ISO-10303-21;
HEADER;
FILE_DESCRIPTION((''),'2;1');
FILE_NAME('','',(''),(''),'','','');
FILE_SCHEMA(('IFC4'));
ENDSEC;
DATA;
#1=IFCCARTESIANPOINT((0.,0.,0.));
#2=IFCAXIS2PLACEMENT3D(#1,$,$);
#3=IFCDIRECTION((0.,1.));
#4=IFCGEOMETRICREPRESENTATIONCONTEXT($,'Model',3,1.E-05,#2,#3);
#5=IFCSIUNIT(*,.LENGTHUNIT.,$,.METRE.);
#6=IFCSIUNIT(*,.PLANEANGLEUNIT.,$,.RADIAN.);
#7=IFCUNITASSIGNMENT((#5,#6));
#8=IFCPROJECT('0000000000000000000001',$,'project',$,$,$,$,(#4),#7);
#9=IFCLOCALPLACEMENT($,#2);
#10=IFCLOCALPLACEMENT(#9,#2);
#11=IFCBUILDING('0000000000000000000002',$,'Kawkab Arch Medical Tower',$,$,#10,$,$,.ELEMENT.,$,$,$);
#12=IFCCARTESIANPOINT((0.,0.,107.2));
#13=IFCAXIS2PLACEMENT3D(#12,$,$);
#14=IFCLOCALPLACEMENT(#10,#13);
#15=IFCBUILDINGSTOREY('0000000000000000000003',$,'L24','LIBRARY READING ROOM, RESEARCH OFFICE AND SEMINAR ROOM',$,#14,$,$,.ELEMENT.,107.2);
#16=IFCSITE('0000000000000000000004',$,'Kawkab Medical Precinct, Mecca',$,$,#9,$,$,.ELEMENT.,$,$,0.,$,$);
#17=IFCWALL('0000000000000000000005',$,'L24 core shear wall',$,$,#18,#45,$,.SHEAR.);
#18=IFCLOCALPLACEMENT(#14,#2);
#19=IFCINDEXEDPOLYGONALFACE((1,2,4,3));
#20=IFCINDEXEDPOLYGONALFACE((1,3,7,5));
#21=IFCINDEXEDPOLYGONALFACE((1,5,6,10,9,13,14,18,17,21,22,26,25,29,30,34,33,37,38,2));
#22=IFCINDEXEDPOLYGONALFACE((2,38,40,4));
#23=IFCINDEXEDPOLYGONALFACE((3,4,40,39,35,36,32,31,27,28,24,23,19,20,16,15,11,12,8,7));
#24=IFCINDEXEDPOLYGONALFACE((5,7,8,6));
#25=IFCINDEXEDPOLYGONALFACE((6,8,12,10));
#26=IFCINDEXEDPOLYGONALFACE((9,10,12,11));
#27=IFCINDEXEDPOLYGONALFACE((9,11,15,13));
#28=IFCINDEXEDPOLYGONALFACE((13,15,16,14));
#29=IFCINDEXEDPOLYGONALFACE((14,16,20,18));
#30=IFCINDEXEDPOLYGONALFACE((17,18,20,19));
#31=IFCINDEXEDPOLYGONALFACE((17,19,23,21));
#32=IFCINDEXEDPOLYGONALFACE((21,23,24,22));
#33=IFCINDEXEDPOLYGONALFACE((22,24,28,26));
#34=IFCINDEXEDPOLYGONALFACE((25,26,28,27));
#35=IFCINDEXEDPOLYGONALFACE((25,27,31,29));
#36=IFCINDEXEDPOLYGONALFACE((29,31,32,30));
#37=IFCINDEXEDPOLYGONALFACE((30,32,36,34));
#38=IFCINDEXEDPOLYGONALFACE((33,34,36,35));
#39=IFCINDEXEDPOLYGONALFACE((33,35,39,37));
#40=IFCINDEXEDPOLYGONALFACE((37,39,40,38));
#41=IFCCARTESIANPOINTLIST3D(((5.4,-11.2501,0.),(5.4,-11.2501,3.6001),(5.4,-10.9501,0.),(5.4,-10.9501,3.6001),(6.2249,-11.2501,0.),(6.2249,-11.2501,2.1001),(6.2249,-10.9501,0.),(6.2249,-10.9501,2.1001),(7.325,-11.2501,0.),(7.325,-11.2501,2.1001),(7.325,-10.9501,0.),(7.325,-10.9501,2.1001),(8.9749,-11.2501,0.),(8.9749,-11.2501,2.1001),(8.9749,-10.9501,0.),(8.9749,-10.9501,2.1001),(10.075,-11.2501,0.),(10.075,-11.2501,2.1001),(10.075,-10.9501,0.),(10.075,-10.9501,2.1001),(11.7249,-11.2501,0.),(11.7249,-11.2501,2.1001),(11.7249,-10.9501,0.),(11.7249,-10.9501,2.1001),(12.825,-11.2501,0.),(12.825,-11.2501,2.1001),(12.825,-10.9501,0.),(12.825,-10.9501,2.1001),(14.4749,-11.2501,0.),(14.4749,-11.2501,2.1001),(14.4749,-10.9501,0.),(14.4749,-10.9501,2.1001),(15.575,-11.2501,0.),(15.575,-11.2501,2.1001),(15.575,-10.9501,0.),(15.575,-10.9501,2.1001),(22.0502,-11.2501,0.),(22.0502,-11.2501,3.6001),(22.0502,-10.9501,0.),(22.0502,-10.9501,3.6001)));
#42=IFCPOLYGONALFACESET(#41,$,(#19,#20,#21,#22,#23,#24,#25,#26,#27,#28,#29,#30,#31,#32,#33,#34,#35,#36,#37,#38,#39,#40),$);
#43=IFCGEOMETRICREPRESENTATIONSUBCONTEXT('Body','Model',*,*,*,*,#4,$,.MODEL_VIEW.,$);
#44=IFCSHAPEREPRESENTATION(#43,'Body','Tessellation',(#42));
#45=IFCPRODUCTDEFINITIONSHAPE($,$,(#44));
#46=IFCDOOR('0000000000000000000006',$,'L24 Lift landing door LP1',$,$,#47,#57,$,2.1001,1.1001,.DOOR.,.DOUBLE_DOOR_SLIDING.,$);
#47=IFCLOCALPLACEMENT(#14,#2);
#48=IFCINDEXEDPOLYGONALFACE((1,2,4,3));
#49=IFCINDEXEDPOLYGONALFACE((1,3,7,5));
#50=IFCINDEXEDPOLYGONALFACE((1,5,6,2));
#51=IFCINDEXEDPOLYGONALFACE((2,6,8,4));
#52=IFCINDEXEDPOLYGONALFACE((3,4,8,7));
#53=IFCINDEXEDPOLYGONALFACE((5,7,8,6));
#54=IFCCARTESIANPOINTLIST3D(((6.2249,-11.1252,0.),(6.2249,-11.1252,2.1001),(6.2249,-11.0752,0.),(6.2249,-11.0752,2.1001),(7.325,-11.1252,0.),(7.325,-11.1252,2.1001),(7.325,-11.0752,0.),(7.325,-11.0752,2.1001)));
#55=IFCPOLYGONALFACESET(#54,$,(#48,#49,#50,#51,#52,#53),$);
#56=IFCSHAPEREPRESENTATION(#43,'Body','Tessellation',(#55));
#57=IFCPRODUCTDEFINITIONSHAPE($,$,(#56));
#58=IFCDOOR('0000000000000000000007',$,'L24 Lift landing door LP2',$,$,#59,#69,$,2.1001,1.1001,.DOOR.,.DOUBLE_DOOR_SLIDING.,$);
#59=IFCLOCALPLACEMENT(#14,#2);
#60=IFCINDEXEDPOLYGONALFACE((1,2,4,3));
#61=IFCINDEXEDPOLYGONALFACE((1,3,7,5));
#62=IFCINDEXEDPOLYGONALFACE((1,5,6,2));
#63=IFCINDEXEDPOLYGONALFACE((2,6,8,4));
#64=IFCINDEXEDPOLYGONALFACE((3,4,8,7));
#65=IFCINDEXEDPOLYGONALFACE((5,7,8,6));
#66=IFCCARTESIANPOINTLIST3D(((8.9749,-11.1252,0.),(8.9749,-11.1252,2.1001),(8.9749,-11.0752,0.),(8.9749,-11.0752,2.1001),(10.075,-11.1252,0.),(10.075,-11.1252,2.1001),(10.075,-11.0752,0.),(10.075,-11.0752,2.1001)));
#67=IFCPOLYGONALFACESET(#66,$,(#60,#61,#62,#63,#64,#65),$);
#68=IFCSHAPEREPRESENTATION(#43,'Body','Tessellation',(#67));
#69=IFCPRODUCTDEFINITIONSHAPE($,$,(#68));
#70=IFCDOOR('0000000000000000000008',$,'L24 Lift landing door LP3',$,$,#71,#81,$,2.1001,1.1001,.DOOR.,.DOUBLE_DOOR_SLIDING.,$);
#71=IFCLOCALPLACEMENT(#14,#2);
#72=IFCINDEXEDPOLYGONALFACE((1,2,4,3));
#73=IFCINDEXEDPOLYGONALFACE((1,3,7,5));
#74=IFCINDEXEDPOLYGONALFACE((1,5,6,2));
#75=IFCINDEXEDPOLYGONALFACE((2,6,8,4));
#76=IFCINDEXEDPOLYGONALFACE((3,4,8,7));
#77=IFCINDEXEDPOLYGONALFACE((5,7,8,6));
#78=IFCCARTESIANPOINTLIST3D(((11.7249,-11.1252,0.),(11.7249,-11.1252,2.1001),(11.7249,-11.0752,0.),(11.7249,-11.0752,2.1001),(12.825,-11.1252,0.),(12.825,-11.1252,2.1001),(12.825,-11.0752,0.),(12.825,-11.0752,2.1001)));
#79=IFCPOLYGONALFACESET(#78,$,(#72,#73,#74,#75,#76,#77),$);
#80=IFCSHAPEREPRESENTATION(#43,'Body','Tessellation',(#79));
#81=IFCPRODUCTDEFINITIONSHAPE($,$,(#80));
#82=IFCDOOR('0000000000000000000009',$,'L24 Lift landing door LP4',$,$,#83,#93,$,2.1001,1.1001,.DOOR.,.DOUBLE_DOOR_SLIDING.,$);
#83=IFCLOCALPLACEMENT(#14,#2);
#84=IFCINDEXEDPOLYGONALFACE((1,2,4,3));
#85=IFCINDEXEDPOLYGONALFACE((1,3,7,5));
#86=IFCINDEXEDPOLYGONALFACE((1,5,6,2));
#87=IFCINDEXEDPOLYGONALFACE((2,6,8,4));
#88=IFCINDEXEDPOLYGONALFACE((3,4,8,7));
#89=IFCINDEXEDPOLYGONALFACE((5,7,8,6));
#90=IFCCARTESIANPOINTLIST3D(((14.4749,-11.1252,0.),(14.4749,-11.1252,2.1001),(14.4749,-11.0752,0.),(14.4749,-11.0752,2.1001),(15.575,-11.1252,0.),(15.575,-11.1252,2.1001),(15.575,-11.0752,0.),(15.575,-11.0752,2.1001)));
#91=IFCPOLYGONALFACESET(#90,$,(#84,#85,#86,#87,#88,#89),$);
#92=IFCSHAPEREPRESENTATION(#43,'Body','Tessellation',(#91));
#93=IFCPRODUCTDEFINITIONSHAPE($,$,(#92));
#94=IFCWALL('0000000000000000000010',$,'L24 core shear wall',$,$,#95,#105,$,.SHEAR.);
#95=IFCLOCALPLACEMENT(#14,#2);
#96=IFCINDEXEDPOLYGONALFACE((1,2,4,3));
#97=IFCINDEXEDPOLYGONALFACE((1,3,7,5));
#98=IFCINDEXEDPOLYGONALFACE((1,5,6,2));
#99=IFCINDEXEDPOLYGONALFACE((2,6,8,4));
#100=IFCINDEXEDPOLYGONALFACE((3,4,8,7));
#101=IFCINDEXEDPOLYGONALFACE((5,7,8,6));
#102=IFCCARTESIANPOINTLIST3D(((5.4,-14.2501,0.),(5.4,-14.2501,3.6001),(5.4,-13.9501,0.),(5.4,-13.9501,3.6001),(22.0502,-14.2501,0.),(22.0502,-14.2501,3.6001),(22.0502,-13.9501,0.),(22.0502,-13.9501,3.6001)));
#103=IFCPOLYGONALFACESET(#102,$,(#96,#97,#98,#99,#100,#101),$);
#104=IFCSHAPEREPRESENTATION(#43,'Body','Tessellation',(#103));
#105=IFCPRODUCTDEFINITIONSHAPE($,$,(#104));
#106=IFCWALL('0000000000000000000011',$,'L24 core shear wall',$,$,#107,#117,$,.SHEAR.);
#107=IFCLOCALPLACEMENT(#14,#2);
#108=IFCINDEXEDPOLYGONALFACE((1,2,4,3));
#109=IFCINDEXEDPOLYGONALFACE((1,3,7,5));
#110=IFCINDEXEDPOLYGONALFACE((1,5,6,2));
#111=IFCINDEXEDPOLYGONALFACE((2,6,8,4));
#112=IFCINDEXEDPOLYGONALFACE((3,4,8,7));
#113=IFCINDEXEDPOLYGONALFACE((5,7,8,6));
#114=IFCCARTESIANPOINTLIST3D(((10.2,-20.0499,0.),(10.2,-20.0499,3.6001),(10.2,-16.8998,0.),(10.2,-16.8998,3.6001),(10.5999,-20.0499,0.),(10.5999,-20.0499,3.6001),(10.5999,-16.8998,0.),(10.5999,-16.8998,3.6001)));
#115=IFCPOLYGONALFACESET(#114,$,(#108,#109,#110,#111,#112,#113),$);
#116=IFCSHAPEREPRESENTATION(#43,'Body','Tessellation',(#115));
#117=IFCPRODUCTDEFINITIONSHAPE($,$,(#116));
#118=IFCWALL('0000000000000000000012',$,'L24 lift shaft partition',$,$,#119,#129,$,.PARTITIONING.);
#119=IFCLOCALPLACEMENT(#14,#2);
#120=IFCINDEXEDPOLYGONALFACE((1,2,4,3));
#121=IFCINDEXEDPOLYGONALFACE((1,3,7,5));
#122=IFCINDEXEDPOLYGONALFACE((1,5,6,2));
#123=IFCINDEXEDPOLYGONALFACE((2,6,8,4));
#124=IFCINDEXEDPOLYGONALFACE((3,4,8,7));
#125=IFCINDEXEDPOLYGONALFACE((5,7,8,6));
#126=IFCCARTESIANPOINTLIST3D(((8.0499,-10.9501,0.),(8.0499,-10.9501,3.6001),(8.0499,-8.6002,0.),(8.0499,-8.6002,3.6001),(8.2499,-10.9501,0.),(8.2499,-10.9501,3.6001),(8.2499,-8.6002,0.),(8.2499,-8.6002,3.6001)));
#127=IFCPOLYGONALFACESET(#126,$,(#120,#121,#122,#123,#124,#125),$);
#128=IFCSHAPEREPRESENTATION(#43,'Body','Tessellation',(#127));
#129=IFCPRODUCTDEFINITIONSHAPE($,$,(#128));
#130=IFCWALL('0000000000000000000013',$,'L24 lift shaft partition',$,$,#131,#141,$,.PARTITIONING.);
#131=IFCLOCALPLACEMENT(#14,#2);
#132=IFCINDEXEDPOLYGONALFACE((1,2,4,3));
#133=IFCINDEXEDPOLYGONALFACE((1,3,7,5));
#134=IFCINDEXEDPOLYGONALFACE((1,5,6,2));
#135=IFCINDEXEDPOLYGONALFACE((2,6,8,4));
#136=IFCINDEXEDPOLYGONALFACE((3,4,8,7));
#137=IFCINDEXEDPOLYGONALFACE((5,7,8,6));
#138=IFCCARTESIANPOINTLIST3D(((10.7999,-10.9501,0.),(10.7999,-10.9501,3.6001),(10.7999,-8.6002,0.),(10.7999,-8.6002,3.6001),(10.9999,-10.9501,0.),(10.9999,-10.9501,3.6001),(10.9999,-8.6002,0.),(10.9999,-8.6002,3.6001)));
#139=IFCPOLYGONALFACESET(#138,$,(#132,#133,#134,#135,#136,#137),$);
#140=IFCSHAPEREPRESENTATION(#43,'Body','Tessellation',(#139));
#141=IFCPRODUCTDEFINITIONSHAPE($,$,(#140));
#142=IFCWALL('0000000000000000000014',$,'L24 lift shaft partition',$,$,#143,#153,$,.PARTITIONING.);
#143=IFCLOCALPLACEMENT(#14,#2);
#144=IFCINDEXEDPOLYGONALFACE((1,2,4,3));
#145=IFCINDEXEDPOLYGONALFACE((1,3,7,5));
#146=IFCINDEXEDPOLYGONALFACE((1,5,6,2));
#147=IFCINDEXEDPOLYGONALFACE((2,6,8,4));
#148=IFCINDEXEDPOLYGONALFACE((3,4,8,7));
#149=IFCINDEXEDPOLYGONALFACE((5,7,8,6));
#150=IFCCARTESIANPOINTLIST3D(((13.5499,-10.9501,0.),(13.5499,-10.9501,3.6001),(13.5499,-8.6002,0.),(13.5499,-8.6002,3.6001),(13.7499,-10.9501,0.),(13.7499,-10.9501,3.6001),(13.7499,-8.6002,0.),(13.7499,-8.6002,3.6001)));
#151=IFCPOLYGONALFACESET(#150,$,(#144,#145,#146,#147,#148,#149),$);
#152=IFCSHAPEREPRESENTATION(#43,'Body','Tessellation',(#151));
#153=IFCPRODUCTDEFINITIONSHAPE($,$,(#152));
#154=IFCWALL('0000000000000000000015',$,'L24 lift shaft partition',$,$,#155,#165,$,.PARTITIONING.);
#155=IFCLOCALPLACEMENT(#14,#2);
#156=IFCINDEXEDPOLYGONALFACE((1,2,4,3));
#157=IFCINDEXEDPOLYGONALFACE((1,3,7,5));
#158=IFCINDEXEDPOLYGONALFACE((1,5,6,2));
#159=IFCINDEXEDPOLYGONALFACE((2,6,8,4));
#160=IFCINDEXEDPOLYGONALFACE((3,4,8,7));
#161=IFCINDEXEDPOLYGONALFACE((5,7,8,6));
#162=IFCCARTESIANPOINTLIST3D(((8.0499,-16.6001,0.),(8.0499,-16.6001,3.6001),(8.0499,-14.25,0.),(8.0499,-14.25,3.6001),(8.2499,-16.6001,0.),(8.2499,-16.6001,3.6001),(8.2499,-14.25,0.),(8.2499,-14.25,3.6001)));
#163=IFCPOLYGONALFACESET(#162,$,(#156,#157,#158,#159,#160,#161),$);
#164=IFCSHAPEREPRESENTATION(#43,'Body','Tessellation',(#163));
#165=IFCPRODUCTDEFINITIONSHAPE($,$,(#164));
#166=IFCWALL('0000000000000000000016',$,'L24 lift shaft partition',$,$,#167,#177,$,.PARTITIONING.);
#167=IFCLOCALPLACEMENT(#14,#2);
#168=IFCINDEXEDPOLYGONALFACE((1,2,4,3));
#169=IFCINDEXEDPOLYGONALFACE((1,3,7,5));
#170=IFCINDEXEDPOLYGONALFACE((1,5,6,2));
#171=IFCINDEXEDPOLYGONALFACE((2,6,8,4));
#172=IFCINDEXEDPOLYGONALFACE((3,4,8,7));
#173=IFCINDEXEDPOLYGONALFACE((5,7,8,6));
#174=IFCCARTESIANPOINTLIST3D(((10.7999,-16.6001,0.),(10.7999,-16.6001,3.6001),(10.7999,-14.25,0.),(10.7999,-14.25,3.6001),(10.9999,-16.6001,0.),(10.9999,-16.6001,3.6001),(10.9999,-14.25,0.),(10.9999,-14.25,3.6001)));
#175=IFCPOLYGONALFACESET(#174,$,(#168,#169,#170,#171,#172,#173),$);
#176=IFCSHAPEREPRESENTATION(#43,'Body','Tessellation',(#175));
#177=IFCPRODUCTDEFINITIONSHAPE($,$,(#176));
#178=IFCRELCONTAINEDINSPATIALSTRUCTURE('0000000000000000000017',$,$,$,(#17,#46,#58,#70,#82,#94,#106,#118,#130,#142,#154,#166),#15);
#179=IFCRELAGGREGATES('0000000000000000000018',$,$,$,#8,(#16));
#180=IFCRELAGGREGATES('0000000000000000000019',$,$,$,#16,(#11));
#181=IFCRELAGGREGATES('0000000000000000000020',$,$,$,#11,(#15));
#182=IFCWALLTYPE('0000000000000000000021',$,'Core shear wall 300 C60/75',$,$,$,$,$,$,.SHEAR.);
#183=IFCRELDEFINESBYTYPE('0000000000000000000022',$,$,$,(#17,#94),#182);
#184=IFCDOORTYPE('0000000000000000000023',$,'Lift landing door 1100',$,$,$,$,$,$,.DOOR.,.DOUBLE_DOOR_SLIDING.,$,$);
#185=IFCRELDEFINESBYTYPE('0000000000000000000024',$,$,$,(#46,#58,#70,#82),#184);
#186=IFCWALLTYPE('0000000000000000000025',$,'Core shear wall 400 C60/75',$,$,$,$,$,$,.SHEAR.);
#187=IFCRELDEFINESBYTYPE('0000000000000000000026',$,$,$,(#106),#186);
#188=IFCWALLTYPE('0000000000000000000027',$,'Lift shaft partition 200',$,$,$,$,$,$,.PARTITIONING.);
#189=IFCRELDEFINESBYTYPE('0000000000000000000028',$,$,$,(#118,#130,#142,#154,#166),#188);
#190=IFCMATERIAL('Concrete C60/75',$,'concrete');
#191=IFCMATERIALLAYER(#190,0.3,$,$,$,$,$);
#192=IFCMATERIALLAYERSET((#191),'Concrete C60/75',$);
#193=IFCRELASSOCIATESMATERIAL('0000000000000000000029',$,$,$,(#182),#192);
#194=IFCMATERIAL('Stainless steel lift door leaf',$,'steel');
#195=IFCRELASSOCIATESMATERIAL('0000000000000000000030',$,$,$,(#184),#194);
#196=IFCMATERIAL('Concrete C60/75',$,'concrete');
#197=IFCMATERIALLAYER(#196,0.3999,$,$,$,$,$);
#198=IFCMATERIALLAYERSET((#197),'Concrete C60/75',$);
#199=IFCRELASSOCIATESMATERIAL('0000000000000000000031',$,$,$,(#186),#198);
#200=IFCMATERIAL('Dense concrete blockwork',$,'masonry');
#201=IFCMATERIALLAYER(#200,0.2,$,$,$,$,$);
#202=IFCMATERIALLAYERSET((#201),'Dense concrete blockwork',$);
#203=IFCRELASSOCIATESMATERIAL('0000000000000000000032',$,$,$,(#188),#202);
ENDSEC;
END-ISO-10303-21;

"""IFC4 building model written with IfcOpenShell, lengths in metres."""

from ifc_helpers import new_model, si_unit, direction, frame, frame_2d, origin, place, context, subcontext, project, spatial, rectangle, extrude, material, layer, layer_set, type_object, element, fill, save


model = new_model("IFC4")

# Units and contexts
model_context = context("Model", 3, precision=1e-05, world=origin(), true_north=direction((0.0, 1.0)))
body_context = subcontext(model_context, "Body", "Model", "MODEL_VIEW")
ifc_project = project(units=[si_unit("LENGTHUNIT", "METRE"), si_unit("PLANEANGLEUNIT", "RADIAN")], contexts=[model_context])

# Site, building, storey
site_placement = place(None, origin())
site = spatial("IfcSite", under=ifc_project, at=site_placement, Name="Kawkab Medical Precinct, Mecca", CompositionType="ELEMENT", RefElevation=0.0)
building_placement = place(site_placement, origin())
building = spatial("IfcBuilding", under=site, at=building_placement, Name="Kawkab Arch Medical Tower", CompositionType="ELEMENT")
storey_placement = place(building_placement, frame((0.0, 0.0, 107.2)))
storey = spatial("IfcBuildingStorey", under=building, at=storey_placement, Name="L24", Description="LIBRARY READING ROOM, RESEARCH OFFICE AND SEMINAR ROOM", CompositionType="ELEMENT", Elevation=107.2)

# Shared definitions
ifc_material_1 = material(Name="Concrete C60/75", Category="concrete")
ifc_layer_1 = layer(ifc_material_1, 0.3)
ifc_layer_set_1 = layer_set([ifc_layer_1], Name="Concrete C60/75")
wall_type_1 = type_object("IfcWallType", Name="Core shear wall 300 C60/75", PredefinedType="SHEAR", material=ifc_layer_set_1)

# Wall, openings, doors
wall_1_placement = place(storey_placement, frame((5.3999, -11.1001, 0.0), z_axis=(0.0, 0.0, 1.0), x_axis=(1.0, 0.0, 0.0)))
wall_1 = element("IfcWall", 1, at=wall_1_placement, inside=storey, type_object=wall_type_1, Name="L24 core shear wall", PredefinedType="SHEAR", context=body_context, shape_type="SweptSolid", body=[
    extrude(rectangle(XDim=16.6501, YDim=0.3, at=frame_2d((8.3252, 0.0))), origin(), (0.0, 0.0, 1.0), 3.6001),
])
opening_1_placement = place(wall_1_placement, frame((0.825, 0.0, 0.0)))
opening_1 = element("IfcOpeningElement", 2, at=opening_1_placement, cuts=wall_1, PredefinedType="OPENING", context=body_context, shape_type="SweptSolid", body=[
    extrude(rectangle(XDim=1.1001, YDim=2.1001, at=frame_2d((0.55, 1.05))), frame((0.0, 0.1599, 0.0), z_axis=(0.0, -1.0, 0.0), x_axis=(1.0, 0.0, 0.0)), (0.0, 0.0, 1.0), 0.3201),
])
opening_2_placement = place(wall_1_placement, frame((3.575, 0.0, 0.0)))
opening_2 = element("IfcOpeningElement", 3, at=opening_2_placement, cuts=wall_1, PredefinedType="OPENING", context=body_context, shape_type="SweptSolid", body=[
    extrude(rectangle(XDim=1.1001, YDim=2.1001, at=frame_2d((0.55, 1.05))), frame((0.0, 0.1599, 0.0), z_axis=(0.0, -1.0, 0.0), x_axis=(1.0, 0.0, 0.0)), (0.0, 0.0, 1.0), 0.3201),
])
opening_3_placement = place(wall_1_placement, frame((6.325, 0.0, 0.0)))
opening_3 = element("IfcOpeningElement", 4, at=opening_3_placement, cuts=wall_1, PredefinedType="OPENING", context=body_context, shape_type="SweptSolid", body=[
    extrude(rectangle(XDim=1.1001, YDim=2.1001, at=frame_2d((0.55, 1.05))), frame((0.0, 0.1599, 0.0), z_axis=(0.0, -1.0, 0.0), x_axis=(1.0, 0.0, 0.0)), (0.0, 0.0, 1.0), 0.3201),
])
opening_4_placement = place(wall_1_placement, frame((9.075, 0.0, 0.0)))
opening_4 = element("IfcOpeningElement", 5, at=opening_4_placement, cuts=wall_1, PredefinedType="OPENING", context=body_context, shape_type="SweptSolid", body=[
    extrude(rectangle(XDim=1.1001, YDim=2.1001, at=frame_2d((0.55, 1.05))), frame((0.0, 0.1599, 0.0), z_axis=(0.0, -1.0, 0.0), x_axis=(1.0, 0.0, 0.0)), (0.0, 0.0, 1.0), 0.3201),
])
ifc_material_2 = material(Name="Stainless steel lift door leaf", Category="steel")
door_type_1 = type_object("IfcDoorType", Name="Lift landing door 1100", OperationType="DOUBLE_DOOR_SLIDING", PredefinedType="DOOR", material=ifc_material_2)
door_1_placement = place(opening_1_placement, origin())
door_1 = element("IfcDoor", 6, at=door_1_placement, inside=storey, type_object=door_type_1, Name="L24 Lift landing door LP1", OperationType="DOUBLE_DOOR_SLIDING", OverallHeight=2.1001, OverallWidth=1.1001, PredefinedType="DOOR", context=body_context, shape_type="SweptSolid", body=[
    extrude(rectangle(XDim=1.1001, YDim=2.1001, at=frame_2d((0.55, 1.05))), frame((0.0, 0.0249, 0.0), z_axis=(0.0, -1.0, 0.0), x_axis=(1.0, 0.0, 0.0)), (0.0, 0.0, 1.0), 0.05),
])
fill(opening_1, door_1)
door_2_placement = place(opening_2_placement, origin())
door_2 = element("IfcDoor", 7, at=door_2_placement, inside=storey, type_object=door_type_1, Name="L24 Lift landing door LP2", OperationType="DOUBLE_DOOR_SLIDING", OverallHeight=2.1001, OverallWidth=1.1001, PredefinedType="DOOR", context=body_context, shape_type="SweptSolid", body=[
    extrude(rectangle(XDim=1.1001, YDim=2.1001, at=frame_2d((0.55, 1.05))), frame((0.0, 0.0249, 0.0), z_axis=(0.0, -1.0, 0.0), x_axis=(1.0, 0.0, 0.0)), (0.0, 0.0, 1.0), 0.05),
])
fill(opening_2, door_2)
door_3_placement = place(opening_3_placement, origin())
door_3 = element("IfcDoor", 8, at=door_3_placement, inside=storey, type_object=door_type_1, Name="L24 Lift landing door LP3", OperationType="DOUBLE_DOOR_SLIDING", OverallHeight=2.1001, OverallWidth=1.1001, PredefinedType="DOOR", context=body_context, shape_type="SweptSolid", body=[
    extrude(rectangle(XDim=1.1001, YDim=2.1001, at=frame_2d((0.55, 1.05))), frame((0.0, 0.0249, 0.0), z_axis=(0.0, -1.0, 0.0), x_axis=(1.0, 0.0, 0.0)), (0.0, 0.0, 1.0), 0.05),
])
fill(opening_3, door_3)
door_4_placement = place(opening_4_placement, origin())
door_4 = element("IfcDoor", 9, at=door_4_placement, inside=storey, type_object=door_type_1, Name="L24 Lift landing door LP4", OperationType="DOUBLE_DOOR_SLIDING", OverallHeight=2.1001, OverallWidth=1.1001, PredefinedType="DOOR", context=body_context, shape_type="SweptSolid", body=[
    extrude(rectangle(XDim=1.1001, YDim=2.1001, at=frame_2d((0.55, 1.05))), frame((0.0, 0.0249, 0.0), z_axis=(0.0, -1.0, 0.0), x_axis=(1.0, 0.0, 0.0)), (0.0, 0.0, 1.0), 0.05),
])
fill(opening_4, door_4)

# Walls
wall_2_placement = place(storey_placement, frame((5.3999, -14.1001, 0.0), z_axis=(0.0, 0.0, 1.0), x_axis=(1.0, 0.0, 0.0)))
element("IfcWall", 10, at=wall_2_placement, inside=storey, type_object=wall_type_1, Name="L24 core shear wall", PredefinedType="SHEAR", context=body_context, shape_type="SweptSolid", body=[
    extrude(rectangle(XDim=16.6501, YDim=0.3, at=frame_2d((8.3252, 0.0))), origin(), (0.0, 0.0, 1.0), 3.6001),
])
ifc_material_3 = material(Name="Concrete C60/75", Category="concrete")
ifc_layer_2 = layer(ifc_material_3, 0.3999)
ifc_layer_set_2 = layer_set([ifc_layer_2], Name="Concrete C60/75")
wall_type_2 = type_object("IfcWallType", Name="Core shear wall 400 C60/75", PredefinedType="SHEAR", material=ifc_layer_set_2)
wall_3_placement = place(storey_placement, frame((10.3999, -20.05, 0.0), z_axis=(0.0, 0.0, 1.0), x_axis=(0.0, 1.0, 0.0)))
element("IfcWall", 11, at=wall_3_placement, inside=storey, type_object=wall_type_2, Name="L24 core shear wall", PredefinedType="SHEAR", context=body_context, shape_type="SweptSolid", body=[
    extrude(rectangle(XDim=3.1501, YDim=0.3999, at=frame_2d((1.5752, 0.0))), origin(), (0.0, 0.0, 1.0), 3.6001),
])
ifc_material_4 = material(Name="Dense concrete blockwork", Category="masonry")
ifc_layer_3 = layer(ifc_material_4, 0.2)
ifc_layer_set_3 = layer_set([ifc_layer_3], Name="Dense concrete blockwork")
wall_type_3 = type_object("IfcWallType", Name="Lift shaft partition 200", PredefinedType="PARTITIONING", material=ifc_layer_set_3)
for number, where, z_axis, x_axis, name in (
    (12, (8.1499, -10.95, 0.0), (0.0, 0.0, 1.0), (0.0, 1.0, 0.0), "L24 lift shaft partition"),
    (13, (10.8999, -10.95, 0.0), (0.0, 0.0, 1.0), (0.0, 1.0, 0.0), "L24 lift shaft partition"),
    (14, (13.6499, -10.95, 0.0), (0.0, 0.0, 1.0), (0.0, 1.0, 0.0), "L24 lift shaft partition"),
):
    element("IfcWall", number, at=place(storey_placement, frame(where, z_axis=z_axis, x_axis=x_axis)), inside=storey, type_object=wall_type_3, Name=name, PredefinedType="PARTITIONING", context=body_context, shape_type="SweptSolid", body=[
        extrude(rectangle(XDim=2.3499, YDim=0.2, at=frame_2d((1.1748, 0.0))), origin(), (0.0, 0.0, 1.0), 3.6001),
    ])
for number, where, z_axis, x_axis, name in (
    (15, (8.1499, -16.6001, 0.0), (0.0, 0.0, 1.0), (0.0, 1.0, 0.0), "L24 lift shaft partition"),
    (16, (10.8999, -16.6001, 0.0), (0.0, 0.0, 1.0), (0.0, 1.0, 0.0), "L24 lift shaft partition"),
):
    element("IfcWall", number, at=place(storey_placement, frame(where, z_axis=z_axis, x_axis=x_axis)), inside=storey, type_object=wall_type_3, Name=name, PredefinedType="PARTITIONING", context=body_context, shape_type="SweptSolid", body=[
        extrude(rectangle(XDim=2.3501, YDim=0.2, at=frame_2d((1.175, 0.0))), origin(), (0.0, 0.0, 1.0), 3.6001),
    ])

save(model, "model.ifc")
